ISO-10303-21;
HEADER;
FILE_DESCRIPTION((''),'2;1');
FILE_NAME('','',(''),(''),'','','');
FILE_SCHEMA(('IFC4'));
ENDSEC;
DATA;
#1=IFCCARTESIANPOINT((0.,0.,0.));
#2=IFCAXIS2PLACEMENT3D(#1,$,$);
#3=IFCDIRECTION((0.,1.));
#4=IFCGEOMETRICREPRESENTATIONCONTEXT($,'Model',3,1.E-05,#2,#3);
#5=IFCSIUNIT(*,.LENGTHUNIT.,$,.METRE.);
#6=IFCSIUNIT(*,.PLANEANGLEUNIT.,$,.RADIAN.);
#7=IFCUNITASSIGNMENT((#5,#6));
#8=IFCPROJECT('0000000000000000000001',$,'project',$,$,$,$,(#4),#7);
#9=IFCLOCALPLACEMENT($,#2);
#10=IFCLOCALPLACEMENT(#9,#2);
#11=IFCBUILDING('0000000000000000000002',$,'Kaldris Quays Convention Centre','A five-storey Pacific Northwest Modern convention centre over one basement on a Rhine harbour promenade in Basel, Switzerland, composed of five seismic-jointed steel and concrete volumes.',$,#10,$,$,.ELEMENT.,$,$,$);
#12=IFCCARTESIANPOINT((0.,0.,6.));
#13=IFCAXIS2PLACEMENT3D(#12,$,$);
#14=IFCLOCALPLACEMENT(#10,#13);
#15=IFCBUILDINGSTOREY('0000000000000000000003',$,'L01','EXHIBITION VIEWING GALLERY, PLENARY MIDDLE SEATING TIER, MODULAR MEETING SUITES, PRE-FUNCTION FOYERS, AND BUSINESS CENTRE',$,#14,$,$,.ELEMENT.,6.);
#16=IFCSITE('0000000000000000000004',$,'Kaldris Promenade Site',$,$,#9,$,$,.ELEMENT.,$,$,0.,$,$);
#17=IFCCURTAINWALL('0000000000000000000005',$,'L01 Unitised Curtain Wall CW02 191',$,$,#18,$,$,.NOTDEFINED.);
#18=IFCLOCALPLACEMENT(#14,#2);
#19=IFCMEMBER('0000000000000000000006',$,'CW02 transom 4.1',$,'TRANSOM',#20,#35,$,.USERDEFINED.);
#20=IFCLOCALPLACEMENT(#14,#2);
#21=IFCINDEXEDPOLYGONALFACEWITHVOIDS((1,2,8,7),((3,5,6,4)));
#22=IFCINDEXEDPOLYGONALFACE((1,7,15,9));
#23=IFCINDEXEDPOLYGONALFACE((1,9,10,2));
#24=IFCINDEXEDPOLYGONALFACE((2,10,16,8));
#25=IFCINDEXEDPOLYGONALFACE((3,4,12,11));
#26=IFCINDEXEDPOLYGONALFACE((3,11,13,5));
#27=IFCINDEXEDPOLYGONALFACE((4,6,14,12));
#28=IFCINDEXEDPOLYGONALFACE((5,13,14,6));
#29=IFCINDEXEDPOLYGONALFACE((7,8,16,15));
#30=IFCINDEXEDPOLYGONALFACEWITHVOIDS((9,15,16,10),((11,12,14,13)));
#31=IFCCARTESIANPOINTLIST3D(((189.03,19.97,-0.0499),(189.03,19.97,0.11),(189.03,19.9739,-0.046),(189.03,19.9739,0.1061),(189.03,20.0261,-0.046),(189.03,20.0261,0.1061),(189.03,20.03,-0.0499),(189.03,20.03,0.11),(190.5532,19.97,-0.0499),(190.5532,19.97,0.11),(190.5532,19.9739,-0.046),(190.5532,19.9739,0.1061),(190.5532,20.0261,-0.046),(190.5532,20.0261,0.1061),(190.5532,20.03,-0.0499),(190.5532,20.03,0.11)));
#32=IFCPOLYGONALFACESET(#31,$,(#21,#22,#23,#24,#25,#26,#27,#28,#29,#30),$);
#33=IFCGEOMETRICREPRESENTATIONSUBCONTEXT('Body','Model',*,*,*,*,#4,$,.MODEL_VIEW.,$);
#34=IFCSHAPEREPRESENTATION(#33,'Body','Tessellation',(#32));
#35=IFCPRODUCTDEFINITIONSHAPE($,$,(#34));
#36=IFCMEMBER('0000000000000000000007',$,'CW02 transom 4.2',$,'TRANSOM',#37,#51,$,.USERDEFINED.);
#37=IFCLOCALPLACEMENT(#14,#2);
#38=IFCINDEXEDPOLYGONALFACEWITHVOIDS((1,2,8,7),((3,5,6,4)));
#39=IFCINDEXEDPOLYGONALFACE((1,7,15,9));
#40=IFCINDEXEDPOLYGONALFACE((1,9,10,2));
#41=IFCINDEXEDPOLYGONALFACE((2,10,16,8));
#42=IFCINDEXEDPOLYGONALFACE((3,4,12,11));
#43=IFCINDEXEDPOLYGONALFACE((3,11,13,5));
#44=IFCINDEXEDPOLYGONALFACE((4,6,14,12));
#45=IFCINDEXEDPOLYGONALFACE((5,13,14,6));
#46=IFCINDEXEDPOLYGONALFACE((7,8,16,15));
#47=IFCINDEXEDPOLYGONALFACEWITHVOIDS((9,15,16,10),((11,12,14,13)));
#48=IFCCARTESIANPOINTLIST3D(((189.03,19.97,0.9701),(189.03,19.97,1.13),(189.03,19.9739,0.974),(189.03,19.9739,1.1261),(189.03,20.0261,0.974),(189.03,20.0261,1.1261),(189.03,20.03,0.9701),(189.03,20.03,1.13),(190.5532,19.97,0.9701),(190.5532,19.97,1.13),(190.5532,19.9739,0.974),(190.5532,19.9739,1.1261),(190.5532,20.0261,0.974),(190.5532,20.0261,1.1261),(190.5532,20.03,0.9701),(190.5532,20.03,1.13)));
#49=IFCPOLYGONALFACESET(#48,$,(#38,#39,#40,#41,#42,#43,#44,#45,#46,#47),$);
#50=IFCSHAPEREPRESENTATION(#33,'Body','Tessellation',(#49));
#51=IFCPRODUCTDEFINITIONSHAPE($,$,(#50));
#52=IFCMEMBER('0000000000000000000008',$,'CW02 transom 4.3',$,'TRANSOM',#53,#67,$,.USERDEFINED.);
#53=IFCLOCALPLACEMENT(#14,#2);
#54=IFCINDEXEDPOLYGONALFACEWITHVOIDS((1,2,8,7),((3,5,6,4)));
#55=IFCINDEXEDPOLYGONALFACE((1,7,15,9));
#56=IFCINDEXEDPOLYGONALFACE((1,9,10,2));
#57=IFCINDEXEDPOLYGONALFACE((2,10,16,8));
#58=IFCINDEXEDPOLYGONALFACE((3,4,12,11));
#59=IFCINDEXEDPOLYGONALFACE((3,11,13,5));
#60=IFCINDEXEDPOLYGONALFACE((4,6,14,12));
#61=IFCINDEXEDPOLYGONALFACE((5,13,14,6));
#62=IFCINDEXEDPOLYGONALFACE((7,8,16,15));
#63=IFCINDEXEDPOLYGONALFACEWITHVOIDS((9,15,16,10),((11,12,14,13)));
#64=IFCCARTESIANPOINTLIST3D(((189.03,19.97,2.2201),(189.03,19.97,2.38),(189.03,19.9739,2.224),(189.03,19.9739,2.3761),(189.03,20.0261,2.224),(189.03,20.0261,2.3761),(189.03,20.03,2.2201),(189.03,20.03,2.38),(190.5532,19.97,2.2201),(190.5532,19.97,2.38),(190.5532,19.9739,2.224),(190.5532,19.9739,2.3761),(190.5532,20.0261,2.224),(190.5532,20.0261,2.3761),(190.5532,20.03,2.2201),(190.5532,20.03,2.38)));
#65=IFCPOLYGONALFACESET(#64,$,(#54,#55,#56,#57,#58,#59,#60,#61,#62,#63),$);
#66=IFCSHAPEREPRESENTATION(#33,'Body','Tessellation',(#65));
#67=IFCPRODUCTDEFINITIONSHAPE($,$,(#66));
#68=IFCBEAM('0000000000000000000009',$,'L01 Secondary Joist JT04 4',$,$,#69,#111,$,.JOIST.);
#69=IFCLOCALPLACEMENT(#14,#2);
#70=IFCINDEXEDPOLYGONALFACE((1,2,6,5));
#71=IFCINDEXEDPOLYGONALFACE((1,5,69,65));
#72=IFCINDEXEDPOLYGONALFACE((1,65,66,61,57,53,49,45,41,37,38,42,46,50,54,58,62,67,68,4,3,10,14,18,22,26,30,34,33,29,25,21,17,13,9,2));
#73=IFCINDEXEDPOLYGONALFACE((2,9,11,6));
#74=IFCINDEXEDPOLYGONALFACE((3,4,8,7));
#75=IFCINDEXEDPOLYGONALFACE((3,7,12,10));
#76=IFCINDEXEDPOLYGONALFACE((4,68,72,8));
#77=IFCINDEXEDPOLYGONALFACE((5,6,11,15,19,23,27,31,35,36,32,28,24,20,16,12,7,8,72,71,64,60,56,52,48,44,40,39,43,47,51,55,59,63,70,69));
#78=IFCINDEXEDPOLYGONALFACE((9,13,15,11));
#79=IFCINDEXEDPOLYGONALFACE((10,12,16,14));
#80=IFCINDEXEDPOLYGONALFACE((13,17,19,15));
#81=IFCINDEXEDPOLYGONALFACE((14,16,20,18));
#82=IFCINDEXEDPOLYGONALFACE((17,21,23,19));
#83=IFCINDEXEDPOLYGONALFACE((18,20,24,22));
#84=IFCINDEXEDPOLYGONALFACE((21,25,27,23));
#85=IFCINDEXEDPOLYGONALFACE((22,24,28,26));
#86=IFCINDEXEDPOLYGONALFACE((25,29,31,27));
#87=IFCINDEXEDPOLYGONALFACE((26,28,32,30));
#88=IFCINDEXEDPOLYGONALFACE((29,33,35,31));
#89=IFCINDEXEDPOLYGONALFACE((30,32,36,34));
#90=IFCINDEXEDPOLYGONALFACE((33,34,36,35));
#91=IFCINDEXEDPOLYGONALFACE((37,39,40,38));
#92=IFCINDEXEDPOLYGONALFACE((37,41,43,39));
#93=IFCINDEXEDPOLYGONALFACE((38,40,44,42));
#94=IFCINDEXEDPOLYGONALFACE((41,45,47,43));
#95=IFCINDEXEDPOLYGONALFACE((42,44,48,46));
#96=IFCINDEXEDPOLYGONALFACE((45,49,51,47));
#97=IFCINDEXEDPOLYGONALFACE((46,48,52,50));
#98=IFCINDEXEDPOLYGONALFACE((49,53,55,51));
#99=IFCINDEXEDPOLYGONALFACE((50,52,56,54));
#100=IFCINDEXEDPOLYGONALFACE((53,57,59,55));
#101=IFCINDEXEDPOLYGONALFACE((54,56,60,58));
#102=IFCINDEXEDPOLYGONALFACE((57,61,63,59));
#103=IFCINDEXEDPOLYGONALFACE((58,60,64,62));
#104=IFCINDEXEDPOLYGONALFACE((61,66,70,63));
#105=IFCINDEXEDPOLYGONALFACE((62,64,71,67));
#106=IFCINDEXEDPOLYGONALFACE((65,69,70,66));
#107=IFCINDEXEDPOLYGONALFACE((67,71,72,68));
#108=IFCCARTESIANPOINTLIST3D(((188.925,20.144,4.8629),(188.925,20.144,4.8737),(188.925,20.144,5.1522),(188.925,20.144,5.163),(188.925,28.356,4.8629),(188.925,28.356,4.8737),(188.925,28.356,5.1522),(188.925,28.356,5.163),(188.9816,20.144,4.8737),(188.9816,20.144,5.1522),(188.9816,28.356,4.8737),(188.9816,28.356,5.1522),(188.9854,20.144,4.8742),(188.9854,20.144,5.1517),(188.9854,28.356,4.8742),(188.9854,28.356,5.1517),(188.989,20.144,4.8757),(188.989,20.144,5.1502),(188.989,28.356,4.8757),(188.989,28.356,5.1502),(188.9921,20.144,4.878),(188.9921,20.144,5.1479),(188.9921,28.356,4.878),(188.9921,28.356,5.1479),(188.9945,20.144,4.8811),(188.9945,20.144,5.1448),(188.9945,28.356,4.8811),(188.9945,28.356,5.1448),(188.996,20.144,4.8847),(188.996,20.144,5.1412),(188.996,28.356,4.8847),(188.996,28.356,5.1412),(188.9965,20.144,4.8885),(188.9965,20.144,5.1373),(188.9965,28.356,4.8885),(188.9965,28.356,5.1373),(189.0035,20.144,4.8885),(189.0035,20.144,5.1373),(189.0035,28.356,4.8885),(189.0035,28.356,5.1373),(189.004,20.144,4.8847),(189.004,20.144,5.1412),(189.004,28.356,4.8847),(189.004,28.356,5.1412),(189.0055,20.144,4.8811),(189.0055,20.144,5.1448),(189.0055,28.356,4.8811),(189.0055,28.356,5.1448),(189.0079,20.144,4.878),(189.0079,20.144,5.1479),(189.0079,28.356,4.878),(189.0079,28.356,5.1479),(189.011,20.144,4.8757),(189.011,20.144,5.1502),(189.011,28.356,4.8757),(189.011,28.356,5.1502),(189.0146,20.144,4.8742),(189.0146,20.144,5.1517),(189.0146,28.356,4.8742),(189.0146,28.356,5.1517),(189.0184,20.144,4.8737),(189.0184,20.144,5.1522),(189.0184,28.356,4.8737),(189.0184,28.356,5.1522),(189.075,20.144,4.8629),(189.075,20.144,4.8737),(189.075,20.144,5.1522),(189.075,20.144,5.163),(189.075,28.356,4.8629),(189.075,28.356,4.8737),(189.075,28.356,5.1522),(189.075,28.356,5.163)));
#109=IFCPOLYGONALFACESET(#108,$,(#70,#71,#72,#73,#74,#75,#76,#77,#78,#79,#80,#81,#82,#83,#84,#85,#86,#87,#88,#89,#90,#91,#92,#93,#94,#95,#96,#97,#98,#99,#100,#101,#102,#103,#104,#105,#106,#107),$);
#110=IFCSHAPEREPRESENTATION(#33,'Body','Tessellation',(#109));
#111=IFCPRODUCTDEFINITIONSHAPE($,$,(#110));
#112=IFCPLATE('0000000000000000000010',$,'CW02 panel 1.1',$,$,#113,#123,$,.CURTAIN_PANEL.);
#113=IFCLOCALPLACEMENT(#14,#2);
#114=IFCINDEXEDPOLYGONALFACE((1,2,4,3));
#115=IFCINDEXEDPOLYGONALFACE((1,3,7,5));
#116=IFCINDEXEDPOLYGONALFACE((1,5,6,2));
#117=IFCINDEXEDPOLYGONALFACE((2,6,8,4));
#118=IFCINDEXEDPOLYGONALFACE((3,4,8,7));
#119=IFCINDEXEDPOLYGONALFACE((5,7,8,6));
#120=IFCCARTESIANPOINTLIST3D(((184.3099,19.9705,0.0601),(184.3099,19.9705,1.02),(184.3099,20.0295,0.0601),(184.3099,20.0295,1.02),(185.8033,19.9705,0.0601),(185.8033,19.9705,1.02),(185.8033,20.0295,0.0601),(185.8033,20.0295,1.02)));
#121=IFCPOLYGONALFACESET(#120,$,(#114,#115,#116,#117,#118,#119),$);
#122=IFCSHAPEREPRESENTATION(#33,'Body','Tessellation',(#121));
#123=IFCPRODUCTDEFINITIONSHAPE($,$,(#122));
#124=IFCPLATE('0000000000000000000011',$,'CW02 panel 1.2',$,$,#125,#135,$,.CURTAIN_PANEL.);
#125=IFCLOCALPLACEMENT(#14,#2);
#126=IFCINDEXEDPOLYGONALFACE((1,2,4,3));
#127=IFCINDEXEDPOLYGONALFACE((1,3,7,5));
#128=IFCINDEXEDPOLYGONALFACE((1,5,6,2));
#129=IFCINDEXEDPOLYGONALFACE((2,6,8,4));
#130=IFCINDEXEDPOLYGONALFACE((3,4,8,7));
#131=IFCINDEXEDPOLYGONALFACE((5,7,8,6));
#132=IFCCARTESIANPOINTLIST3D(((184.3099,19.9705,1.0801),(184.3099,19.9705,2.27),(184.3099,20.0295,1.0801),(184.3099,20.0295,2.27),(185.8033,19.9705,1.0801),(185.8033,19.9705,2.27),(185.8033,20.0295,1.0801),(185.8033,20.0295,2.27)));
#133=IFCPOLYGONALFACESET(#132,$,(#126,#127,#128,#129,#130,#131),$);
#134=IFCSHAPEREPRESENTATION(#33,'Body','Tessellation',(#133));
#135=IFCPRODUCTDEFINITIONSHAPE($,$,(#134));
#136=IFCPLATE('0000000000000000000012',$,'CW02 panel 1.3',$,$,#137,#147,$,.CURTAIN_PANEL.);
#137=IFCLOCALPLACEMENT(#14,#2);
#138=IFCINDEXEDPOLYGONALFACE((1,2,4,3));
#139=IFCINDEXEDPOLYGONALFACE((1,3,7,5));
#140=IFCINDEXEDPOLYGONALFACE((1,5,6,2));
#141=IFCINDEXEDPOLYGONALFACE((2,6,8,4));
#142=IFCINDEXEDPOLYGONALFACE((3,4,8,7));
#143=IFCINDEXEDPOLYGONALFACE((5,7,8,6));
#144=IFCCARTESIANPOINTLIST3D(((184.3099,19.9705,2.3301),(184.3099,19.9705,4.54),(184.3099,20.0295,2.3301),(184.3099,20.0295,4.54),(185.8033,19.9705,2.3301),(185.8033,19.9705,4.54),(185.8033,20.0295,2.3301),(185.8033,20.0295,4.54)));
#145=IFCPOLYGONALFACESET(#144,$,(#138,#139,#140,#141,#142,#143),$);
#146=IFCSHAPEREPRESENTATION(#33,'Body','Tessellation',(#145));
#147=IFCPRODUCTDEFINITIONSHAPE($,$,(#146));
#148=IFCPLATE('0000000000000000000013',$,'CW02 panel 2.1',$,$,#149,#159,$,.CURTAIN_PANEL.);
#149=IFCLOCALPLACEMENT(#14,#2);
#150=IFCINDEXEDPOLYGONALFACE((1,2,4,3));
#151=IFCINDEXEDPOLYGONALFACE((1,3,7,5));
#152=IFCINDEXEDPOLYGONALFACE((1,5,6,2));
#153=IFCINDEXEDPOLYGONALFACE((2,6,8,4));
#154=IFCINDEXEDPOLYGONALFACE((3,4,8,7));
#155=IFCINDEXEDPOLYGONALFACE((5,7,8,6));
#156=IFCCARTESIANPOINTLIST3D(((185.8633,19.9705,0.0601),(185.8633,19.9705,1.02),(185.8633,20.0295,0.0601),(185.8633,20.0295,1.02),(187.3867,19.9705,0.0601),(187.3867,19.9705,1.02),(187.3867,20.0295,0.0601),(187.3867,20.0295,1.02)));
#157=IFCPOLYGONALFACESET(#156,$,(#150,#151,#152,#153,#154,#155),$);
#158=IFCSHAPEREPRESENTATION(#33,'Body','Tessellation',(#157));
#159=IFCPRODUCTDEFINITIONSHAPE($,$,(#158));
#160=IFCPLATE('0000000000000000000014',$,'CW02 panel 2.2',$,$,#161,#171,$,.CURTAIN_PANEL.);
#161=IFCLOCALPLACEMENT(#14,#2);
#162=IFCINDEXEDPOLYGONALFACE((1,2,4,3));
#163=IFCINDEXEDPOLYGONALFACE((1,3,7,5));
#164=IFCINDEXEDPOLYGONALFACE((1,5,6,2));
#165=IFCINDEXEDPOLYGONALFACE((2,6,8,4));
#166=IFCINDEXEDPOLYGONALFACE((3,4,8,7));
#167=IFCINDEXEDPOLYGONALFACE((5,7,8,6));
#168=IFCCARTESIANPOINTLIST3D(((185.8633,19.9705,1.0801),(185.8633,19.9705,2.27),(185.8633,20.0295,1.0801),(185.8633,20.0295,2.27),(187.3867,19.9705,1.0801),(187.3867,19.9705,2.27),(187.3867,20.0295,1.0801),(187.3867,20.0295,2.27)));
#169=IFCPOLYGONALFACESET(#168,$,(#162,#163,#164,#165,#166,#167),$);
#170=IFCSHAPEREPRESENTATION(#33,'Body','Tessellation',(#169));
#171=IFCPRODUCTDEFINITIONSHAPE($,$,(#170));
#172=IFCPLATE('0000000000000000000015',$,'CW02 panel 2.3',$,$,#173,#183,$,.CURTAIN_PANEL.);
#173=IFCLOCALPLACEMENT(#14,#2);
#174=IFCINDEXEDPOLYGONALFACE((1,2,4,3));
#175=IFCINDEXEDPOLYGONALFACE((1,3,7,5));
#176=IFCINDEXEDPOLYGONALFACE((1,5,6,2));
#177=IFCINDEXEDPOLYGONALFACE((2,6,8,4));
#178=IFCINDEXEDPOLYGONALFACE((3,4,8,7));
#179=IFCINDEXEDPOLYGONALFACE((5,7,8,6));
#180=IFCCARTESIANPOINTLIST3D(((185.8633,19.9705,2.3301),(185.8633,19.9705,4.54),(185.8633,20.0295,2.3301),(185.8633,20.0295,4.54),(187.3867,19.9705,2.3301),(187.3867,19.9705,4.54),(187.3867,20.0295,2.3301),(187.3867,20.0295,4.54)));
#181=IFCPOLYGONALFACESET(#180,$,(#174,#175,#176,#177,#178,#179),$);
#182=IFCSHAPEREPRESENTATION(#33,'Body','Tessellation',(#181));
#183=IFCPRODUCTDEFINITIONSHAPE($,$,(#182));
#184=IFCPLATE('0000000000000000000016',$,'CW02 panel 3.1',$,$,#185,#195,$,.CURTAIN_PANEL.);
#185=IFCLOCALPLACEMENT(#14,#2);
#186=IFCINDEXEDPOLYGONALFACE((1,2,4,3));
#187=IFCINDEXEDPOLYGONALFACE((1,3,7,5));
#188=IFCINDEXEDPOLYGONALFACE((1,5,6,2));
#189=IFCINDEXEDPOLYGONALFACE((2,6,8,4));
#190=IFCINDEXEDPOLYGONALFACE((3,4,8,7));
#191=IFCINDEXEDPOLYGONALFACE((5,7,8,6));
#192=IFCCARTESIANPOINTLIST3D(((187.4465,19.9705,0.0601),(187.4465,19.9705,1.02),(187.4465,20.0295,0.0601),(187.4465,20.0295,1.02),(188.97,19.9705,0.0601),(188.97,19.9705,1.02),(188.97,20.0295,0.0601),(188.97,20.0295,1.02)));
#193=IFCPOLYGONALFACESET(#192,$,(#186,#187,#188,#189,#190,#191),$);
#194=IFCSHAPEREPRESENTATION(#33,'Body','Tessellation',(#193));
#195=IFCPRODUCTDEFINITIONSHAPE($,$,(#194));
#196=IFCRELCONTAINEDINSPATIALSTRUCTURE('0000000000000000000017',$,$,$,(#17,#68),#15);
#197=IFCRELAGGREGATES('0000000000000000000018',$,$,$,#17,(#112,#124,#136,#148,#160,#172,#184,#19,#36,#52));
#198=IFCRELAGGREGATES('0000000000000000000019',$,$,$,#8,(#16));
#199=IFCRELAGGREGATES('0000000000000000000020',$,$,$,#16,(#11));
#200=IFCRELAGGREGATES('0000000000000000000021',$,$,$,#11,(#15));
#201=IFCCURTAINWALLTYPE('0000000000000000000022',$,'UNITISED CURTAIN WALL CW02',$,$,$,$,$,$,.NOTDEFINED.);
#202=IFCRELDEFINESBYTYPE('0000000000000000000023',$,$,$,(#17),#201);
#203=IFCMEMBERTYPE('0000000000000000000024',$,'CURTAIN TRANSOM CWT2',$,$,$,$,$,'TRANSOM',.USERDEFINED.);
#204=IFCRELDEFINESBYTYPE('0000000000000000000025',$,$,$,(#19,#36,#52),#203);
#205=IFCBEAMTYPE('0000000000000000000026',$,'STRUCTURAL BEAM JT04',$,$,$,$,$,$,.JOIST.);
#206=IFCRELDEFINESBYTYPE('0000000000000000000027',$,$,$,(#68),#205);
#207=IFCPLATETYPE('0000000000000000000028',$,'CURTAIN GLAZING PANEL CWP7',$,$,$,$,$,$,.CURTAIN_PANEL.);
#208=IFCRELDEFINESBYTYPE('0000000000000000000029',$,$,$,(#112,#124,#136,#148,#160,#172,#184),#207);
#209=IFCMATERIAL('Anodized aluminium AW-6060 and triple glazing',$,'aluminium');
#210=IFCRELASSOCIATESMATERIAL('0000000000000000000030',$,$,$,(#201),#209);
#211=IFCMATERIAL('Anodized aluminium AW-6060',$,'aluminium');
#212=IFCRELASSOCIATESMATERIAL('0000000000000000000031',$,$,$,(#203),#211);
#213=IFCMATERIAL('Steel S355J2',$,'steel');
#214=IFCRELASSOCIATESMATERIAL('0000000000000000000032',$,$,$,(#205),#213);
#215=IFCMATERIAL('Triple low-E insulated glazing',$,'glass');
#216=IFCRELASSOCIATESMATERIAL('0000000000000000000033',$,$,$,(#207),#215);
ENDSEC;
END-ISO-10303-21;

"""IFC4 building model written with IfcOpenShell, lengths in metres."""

from ifc_helpers import new_model, si_unit, direction, frame, origin, origin_2d, place, context, subcontext, project, spatial, rectangle, hollow_rectangle, i_section, extrude, material, material_profile, profile_set, type_object, element, aggregate, save


model = new_model("IFC4")

# Units and contexts
model_context = context("Model", 3, precision=1e-05, world=origin(), true_north=direction((0.0, 1.0)))
body_context = subcontext(model_context, "Body", "Model", "MODEL_VIEW")
ifc_project = project(units=[si_unit("LENGTHUNIT", "METRE"), si_unit("PLANEANGLEUNIT", "RADIAN")], contexts=[model_context])

# Site, building, storey
site_placement = place(None, origin())
site = spatial("IfcSite", under=ifc_project, at=site_placement, Name="Kaldris Promenade Site", CompositionType="ELEMENT", RefElevation=0.0)
building_placement = place(site_placement, origin())
building = spatial("IfcBuilding", under=site, at=building_placement, Name="Kaldris Quays Convention Centre", Description="A five-storey Pacific Northwest Modern convention centre over one basement on a Rhine harbour promenade in Basel, Switzerland, composed of five seismic-jointed steel and concrete volumes.", CompositionType="ELEMENT")
storey_placement = place(building_placement, frame((0.0, 0.0, 6.0)))
storey = spatial("IfcBuildingStorey", under=building, at=storey_placement, Name="L01", Description="EXHIBITION VIEWING GALLERY, PLENARY MIDDLE SEATING TIER, MODULAR MEETING SUITES, PRE-FUNCTION FOYERS, AND BUSINESS CENTRE", CompositionType="ELEMENT", Elevation=6.0)

# Curtain wall, members
ifc_material_1 = material(Name="Anodized aluminium AW-6060 and triple glazing", Category="aluminium")
curtain_wall_type = type_object("IfcCurtainWallType", Name="UNITISED CURTAIN WALL CW02", PredefinedType="NOTDEFINED", material=ifc_material_1)
curtain_wall_placement = place(storey_placement, origin())
curtain_wall = element("IfcCurtainWall", 1, at=curtain_wall_placement, inside=storey, type_object=curtain_wall_type, Name="L01 Unitised Curtain Wall CW02 191", PredefinedType="NOTDEFINED")
ifc_material_2 = material(Name="Anodized aluminium AW-6060", Category="aluminium")
ifc_material_profile_1 = material_profile(ifc_material_2, hollow_rectangle(XDim=0.0601, YDim=0.1599, WallThickness=0.0039, at=origin_2d()), Name="RHS 160x60x4")
ifc_profile_set_1 = profile_set([ifc_material_profile_1], Name="Anodized aluminium AW-6060")
member_type_1 = type_object("IfcMemberType", Name="CURTAIN TRANSOM CWT2", ElementType="TRANSOM", PredefinedType="USERDEFINED", material=ifc_profile_set_1)
member_1_placement = place(storey_placement, frame((189.03, 20.0, 0.03), z_axis=(1.0, 0.0, 0.0), x_axis=(0.0, 1.0, 0.0)))
member_1 = element("IfcMember", 2, at=member_1_placement, type_object=member_type_1, Name="CW02 transom 4.1", ObjectType="TRANSOM", PredefinedType="USERDEFINED", context=body_context, shape_type="SweptSolid", body=[
    extrude(hollow_rectangle(XDim=0.0601, YDim=0.1599, WallThickness=0.0039, at=origin_2d()), origin(), (0.0, 0.0, 1.0), 1.5232),
])
member_2_placement = place(storey_placement, frame((189.03, 20.0, 1.05), z_axis=(1.0, 0.0, 0.0), x_axis=(0.0, 1.0, 0.0)))
member_2 = element("IfcMember", 3, at=member_2_placement, type_object=member_type_1, Name="CW02 transom 4.2", ObjectType="TRANSOM", PredefinedType="USERDEFINED", context=body_context, shape_type="SweptSolid", body=[
    extrude(hollow_rectangle(XDim=0.0601, YDim=0.1599, WallThickness=0.0039, at=origin_2d()), origin(), (0.0, 0.0, 1.0), 1.5232),
])
member_3_placement = place(storey_placement, frame((189.03, 20.0, 2.3), z_axis=(1.0, 0.0, 0.0), x_axis=(0.0, 1.0, 0.0)))
member_3 = element("IfcMember", 4, at=member_3_placement, type_object=member_type_1, Name="CW02 transom 4.3", ObjectType="TRANSOM", PredefinedType="USERDEFINED", context=body_context, shape_type="SweptSolid", body=[
    extrude(hollow_rectangle(XDim=0.0601, YDim=0.1599, WallThickness=0.0039, at=origin_2d()), origin(), (0.0, 0.0, 1.0), 1.5232),
])

# Beam
ifc_material_3 = material(Name="Steel S355J2", Category="steel")
ifc_material_profile_2 = material_profile(ifc_material_3, i_section(OverallWidth=0.1499, OverallDepth=0.3, WebThickness=0.0071, FlangeThickness=0.0107, FilletRadius=0.0149, at=origin_2d()), Name="IPE 300")
ifc_profile_set_2 = profile_set([ifc_material_profile_2], Name="Steel S355J2")
beam_type = type_object("IfcBeamType", Name="STRUCTURAL BEAM JT04", PredefinedType="JOIST", material=ifc_profile_set_2)
beam_placement = place(storey_placement, frame((189.0, 20.144, 5.0129), z_axis=(0.0, 1.0, 0.0), x_axis=(-1.0, 0.0, 0.0)))
element("IfcBeam", 5, at=beam_placement, inside=storey, type_object=beam_type, Name="L01 Secondary Joist JT04 4", PredefinedType="JOIST", context=body_context, shape_type="SweptSolid", body=[
    extrude(i_section(OverallWidth=0.1499, OverallDepth=0.3, WebThickness=0.0071, FlangeThickness=0.0107, FilletRadius=0.0149, at=origin_2d()), origin(), (0.0, 0.0, 1.0), 8.2119),
])

# Plates
ifc_material_4 = material(Name="Triple low-E insulated glazing", Category="glass")
plate_type = type_object("IfcPlateType", Name="CURTAIN GLAZING PANEL CWP7", PredefinedType="CURTAIN_PANEL", material=ifc_material_4)
plate_1_placement = place(storey_placement, frame((185.0566, 20.0, 0.0601), z_axis=(0.0, 0.0, 1.0), x_axis=(1.0, 0.0, 0.0)))
plate_1 = element("IfcPlate", 6, at=plate_1_placement, type_object=plate_type, Name="CW02 panel 1.1", PredefinedType="CURTAIN_PANEL", context=body_context, shape_type="SweptSolid", body=[
    extrude(rectangle(XDim=1.4934, YDim=0.0591, at=origin_2d()), origin(), (0.0, 0.0, 1.0), 0.96),
])
plate_2_placement = place(storey_placement, frame((185.0566, 20.0, 1.0801), z_axis=(0.0, 0.0, 1.0), x_axis=(1.0, 0.0, 0.0)))
plate_2 = element("IfcPlate", 7, at=plate_2_placement, type_object=plate_type, Name="CW02 panel 1.2", PredefinedType="CURTAIN_PANEL", context=body_context, shape_type="SweptSolid", body=[
    extrude(rectangle(XDim=1.4934, YDim=0.0591, at=origin_2d()), origin(), (0.0, 0.0, 1.0), 1.1899),
])
plate_3_placement = place(storey_placement, frame((185.0566, 20.0, 2.3301), z_axis=(0.0, 0.0, 1.0), x_axis=(1.0, 0.0, 0.0)))
plate_3 = element("IfcPlate", 8, at=plate_3_placement, type_object=plate_type, Name="CW02 panel 1.3", PredefinedType="CURTAIN_PANEL", context=body_context, shape_type="SweptSolid", body=[
    extrude(rectangle(XDim=1.4934, YDim=0.0591, at=origin_2d()), origin(), (0.0, 0.0, 1.0), 2.21),
])
plate_4_placement = place(storey_placement, frame((186.625, 20.0, 0.0601), z_axis=(0.0, 0.0, 1.0), x_axis=(1.0, 0.0, 0.0)))
plate_4 = element("IfcPlate", 9, at=plate_4_placement, type_object=plate_type, Name="CW02 panel 2.1", PredefinedType="CURTAIN_PANEL", context=body_context, shape_type="SweptSolid", body=[
    extrude(rectangle(XDim=1.5234, YDim=0.0591, at=origin_2d()), origin(), (0.0, 0.0, 1.0), 0.96),
])
plate_5_placement = place(storey_placement, frame((186.625, 20.0, 1.0801), z_axis=(0.0, 0.0, 1.0), x_axis=(1.0, 0.0, 0.0)))
plate_5 = element("IfcPlate", 10, at=plate_5_placement, type_object=plate_type, Name="CW02 panel 2.2", PredefinedType="CURTAIN_PANEL", context=body_context, shape_type="SweptSolid", body=[
    extrude(rectangle(XDim=1.5234, YDim=0.0591, at=origin_2d()), origin(), (0.0, 0.0, 1.0), 1.1899),
])
plate_6_placement = place(storey_placement, frame((186.625, 20.0, 2.3301), z_axis=(0.0, 0.0, 1.0), x_axis=(1.0, 0.0, 0.0)))
plate_6 = element("IfcPlate", 11, at=plate_6_placement, type_object=plate_type, Name="CW02 panel 2.3", PredefinedType="CURTAIN_PANEL", context=body_context, shape_type="SweptSolid", body=[
    extrude(rectangle(XDim=1.5234, YDim=0.0591, at=origin_2d()), origin(), (0.0, 0.0, 1.0), 2.21),
])
plate_7_placement = place(storey_placement, frame((188.2083, 20.0, 0.0601), z_axis=(0.0, 0.0, 1.0), x_axis=(1.0, 0.0, 0.0)))
plate_7 = element("IfcPlate", 12, at=plate_7_placement, type_object=plate_type, Name="CW02 panel 3.1", PredefinedType="CURTAIN_PANEL", context=body_context, shape_type="SweptSolid", body=[
    extrude(rectangle(XDim=1.5234, YDim=0.0591, at=origin_2d()), origin(), (0.0, 0.0, 1.0), 0.96),
])
aggregate(curtain_wall, [plate_1, plate_2, plate_3, plate_4, plate_5, plate_6, plate_7, member_1, member_2, member_3])

save(model, "model.ifc")
